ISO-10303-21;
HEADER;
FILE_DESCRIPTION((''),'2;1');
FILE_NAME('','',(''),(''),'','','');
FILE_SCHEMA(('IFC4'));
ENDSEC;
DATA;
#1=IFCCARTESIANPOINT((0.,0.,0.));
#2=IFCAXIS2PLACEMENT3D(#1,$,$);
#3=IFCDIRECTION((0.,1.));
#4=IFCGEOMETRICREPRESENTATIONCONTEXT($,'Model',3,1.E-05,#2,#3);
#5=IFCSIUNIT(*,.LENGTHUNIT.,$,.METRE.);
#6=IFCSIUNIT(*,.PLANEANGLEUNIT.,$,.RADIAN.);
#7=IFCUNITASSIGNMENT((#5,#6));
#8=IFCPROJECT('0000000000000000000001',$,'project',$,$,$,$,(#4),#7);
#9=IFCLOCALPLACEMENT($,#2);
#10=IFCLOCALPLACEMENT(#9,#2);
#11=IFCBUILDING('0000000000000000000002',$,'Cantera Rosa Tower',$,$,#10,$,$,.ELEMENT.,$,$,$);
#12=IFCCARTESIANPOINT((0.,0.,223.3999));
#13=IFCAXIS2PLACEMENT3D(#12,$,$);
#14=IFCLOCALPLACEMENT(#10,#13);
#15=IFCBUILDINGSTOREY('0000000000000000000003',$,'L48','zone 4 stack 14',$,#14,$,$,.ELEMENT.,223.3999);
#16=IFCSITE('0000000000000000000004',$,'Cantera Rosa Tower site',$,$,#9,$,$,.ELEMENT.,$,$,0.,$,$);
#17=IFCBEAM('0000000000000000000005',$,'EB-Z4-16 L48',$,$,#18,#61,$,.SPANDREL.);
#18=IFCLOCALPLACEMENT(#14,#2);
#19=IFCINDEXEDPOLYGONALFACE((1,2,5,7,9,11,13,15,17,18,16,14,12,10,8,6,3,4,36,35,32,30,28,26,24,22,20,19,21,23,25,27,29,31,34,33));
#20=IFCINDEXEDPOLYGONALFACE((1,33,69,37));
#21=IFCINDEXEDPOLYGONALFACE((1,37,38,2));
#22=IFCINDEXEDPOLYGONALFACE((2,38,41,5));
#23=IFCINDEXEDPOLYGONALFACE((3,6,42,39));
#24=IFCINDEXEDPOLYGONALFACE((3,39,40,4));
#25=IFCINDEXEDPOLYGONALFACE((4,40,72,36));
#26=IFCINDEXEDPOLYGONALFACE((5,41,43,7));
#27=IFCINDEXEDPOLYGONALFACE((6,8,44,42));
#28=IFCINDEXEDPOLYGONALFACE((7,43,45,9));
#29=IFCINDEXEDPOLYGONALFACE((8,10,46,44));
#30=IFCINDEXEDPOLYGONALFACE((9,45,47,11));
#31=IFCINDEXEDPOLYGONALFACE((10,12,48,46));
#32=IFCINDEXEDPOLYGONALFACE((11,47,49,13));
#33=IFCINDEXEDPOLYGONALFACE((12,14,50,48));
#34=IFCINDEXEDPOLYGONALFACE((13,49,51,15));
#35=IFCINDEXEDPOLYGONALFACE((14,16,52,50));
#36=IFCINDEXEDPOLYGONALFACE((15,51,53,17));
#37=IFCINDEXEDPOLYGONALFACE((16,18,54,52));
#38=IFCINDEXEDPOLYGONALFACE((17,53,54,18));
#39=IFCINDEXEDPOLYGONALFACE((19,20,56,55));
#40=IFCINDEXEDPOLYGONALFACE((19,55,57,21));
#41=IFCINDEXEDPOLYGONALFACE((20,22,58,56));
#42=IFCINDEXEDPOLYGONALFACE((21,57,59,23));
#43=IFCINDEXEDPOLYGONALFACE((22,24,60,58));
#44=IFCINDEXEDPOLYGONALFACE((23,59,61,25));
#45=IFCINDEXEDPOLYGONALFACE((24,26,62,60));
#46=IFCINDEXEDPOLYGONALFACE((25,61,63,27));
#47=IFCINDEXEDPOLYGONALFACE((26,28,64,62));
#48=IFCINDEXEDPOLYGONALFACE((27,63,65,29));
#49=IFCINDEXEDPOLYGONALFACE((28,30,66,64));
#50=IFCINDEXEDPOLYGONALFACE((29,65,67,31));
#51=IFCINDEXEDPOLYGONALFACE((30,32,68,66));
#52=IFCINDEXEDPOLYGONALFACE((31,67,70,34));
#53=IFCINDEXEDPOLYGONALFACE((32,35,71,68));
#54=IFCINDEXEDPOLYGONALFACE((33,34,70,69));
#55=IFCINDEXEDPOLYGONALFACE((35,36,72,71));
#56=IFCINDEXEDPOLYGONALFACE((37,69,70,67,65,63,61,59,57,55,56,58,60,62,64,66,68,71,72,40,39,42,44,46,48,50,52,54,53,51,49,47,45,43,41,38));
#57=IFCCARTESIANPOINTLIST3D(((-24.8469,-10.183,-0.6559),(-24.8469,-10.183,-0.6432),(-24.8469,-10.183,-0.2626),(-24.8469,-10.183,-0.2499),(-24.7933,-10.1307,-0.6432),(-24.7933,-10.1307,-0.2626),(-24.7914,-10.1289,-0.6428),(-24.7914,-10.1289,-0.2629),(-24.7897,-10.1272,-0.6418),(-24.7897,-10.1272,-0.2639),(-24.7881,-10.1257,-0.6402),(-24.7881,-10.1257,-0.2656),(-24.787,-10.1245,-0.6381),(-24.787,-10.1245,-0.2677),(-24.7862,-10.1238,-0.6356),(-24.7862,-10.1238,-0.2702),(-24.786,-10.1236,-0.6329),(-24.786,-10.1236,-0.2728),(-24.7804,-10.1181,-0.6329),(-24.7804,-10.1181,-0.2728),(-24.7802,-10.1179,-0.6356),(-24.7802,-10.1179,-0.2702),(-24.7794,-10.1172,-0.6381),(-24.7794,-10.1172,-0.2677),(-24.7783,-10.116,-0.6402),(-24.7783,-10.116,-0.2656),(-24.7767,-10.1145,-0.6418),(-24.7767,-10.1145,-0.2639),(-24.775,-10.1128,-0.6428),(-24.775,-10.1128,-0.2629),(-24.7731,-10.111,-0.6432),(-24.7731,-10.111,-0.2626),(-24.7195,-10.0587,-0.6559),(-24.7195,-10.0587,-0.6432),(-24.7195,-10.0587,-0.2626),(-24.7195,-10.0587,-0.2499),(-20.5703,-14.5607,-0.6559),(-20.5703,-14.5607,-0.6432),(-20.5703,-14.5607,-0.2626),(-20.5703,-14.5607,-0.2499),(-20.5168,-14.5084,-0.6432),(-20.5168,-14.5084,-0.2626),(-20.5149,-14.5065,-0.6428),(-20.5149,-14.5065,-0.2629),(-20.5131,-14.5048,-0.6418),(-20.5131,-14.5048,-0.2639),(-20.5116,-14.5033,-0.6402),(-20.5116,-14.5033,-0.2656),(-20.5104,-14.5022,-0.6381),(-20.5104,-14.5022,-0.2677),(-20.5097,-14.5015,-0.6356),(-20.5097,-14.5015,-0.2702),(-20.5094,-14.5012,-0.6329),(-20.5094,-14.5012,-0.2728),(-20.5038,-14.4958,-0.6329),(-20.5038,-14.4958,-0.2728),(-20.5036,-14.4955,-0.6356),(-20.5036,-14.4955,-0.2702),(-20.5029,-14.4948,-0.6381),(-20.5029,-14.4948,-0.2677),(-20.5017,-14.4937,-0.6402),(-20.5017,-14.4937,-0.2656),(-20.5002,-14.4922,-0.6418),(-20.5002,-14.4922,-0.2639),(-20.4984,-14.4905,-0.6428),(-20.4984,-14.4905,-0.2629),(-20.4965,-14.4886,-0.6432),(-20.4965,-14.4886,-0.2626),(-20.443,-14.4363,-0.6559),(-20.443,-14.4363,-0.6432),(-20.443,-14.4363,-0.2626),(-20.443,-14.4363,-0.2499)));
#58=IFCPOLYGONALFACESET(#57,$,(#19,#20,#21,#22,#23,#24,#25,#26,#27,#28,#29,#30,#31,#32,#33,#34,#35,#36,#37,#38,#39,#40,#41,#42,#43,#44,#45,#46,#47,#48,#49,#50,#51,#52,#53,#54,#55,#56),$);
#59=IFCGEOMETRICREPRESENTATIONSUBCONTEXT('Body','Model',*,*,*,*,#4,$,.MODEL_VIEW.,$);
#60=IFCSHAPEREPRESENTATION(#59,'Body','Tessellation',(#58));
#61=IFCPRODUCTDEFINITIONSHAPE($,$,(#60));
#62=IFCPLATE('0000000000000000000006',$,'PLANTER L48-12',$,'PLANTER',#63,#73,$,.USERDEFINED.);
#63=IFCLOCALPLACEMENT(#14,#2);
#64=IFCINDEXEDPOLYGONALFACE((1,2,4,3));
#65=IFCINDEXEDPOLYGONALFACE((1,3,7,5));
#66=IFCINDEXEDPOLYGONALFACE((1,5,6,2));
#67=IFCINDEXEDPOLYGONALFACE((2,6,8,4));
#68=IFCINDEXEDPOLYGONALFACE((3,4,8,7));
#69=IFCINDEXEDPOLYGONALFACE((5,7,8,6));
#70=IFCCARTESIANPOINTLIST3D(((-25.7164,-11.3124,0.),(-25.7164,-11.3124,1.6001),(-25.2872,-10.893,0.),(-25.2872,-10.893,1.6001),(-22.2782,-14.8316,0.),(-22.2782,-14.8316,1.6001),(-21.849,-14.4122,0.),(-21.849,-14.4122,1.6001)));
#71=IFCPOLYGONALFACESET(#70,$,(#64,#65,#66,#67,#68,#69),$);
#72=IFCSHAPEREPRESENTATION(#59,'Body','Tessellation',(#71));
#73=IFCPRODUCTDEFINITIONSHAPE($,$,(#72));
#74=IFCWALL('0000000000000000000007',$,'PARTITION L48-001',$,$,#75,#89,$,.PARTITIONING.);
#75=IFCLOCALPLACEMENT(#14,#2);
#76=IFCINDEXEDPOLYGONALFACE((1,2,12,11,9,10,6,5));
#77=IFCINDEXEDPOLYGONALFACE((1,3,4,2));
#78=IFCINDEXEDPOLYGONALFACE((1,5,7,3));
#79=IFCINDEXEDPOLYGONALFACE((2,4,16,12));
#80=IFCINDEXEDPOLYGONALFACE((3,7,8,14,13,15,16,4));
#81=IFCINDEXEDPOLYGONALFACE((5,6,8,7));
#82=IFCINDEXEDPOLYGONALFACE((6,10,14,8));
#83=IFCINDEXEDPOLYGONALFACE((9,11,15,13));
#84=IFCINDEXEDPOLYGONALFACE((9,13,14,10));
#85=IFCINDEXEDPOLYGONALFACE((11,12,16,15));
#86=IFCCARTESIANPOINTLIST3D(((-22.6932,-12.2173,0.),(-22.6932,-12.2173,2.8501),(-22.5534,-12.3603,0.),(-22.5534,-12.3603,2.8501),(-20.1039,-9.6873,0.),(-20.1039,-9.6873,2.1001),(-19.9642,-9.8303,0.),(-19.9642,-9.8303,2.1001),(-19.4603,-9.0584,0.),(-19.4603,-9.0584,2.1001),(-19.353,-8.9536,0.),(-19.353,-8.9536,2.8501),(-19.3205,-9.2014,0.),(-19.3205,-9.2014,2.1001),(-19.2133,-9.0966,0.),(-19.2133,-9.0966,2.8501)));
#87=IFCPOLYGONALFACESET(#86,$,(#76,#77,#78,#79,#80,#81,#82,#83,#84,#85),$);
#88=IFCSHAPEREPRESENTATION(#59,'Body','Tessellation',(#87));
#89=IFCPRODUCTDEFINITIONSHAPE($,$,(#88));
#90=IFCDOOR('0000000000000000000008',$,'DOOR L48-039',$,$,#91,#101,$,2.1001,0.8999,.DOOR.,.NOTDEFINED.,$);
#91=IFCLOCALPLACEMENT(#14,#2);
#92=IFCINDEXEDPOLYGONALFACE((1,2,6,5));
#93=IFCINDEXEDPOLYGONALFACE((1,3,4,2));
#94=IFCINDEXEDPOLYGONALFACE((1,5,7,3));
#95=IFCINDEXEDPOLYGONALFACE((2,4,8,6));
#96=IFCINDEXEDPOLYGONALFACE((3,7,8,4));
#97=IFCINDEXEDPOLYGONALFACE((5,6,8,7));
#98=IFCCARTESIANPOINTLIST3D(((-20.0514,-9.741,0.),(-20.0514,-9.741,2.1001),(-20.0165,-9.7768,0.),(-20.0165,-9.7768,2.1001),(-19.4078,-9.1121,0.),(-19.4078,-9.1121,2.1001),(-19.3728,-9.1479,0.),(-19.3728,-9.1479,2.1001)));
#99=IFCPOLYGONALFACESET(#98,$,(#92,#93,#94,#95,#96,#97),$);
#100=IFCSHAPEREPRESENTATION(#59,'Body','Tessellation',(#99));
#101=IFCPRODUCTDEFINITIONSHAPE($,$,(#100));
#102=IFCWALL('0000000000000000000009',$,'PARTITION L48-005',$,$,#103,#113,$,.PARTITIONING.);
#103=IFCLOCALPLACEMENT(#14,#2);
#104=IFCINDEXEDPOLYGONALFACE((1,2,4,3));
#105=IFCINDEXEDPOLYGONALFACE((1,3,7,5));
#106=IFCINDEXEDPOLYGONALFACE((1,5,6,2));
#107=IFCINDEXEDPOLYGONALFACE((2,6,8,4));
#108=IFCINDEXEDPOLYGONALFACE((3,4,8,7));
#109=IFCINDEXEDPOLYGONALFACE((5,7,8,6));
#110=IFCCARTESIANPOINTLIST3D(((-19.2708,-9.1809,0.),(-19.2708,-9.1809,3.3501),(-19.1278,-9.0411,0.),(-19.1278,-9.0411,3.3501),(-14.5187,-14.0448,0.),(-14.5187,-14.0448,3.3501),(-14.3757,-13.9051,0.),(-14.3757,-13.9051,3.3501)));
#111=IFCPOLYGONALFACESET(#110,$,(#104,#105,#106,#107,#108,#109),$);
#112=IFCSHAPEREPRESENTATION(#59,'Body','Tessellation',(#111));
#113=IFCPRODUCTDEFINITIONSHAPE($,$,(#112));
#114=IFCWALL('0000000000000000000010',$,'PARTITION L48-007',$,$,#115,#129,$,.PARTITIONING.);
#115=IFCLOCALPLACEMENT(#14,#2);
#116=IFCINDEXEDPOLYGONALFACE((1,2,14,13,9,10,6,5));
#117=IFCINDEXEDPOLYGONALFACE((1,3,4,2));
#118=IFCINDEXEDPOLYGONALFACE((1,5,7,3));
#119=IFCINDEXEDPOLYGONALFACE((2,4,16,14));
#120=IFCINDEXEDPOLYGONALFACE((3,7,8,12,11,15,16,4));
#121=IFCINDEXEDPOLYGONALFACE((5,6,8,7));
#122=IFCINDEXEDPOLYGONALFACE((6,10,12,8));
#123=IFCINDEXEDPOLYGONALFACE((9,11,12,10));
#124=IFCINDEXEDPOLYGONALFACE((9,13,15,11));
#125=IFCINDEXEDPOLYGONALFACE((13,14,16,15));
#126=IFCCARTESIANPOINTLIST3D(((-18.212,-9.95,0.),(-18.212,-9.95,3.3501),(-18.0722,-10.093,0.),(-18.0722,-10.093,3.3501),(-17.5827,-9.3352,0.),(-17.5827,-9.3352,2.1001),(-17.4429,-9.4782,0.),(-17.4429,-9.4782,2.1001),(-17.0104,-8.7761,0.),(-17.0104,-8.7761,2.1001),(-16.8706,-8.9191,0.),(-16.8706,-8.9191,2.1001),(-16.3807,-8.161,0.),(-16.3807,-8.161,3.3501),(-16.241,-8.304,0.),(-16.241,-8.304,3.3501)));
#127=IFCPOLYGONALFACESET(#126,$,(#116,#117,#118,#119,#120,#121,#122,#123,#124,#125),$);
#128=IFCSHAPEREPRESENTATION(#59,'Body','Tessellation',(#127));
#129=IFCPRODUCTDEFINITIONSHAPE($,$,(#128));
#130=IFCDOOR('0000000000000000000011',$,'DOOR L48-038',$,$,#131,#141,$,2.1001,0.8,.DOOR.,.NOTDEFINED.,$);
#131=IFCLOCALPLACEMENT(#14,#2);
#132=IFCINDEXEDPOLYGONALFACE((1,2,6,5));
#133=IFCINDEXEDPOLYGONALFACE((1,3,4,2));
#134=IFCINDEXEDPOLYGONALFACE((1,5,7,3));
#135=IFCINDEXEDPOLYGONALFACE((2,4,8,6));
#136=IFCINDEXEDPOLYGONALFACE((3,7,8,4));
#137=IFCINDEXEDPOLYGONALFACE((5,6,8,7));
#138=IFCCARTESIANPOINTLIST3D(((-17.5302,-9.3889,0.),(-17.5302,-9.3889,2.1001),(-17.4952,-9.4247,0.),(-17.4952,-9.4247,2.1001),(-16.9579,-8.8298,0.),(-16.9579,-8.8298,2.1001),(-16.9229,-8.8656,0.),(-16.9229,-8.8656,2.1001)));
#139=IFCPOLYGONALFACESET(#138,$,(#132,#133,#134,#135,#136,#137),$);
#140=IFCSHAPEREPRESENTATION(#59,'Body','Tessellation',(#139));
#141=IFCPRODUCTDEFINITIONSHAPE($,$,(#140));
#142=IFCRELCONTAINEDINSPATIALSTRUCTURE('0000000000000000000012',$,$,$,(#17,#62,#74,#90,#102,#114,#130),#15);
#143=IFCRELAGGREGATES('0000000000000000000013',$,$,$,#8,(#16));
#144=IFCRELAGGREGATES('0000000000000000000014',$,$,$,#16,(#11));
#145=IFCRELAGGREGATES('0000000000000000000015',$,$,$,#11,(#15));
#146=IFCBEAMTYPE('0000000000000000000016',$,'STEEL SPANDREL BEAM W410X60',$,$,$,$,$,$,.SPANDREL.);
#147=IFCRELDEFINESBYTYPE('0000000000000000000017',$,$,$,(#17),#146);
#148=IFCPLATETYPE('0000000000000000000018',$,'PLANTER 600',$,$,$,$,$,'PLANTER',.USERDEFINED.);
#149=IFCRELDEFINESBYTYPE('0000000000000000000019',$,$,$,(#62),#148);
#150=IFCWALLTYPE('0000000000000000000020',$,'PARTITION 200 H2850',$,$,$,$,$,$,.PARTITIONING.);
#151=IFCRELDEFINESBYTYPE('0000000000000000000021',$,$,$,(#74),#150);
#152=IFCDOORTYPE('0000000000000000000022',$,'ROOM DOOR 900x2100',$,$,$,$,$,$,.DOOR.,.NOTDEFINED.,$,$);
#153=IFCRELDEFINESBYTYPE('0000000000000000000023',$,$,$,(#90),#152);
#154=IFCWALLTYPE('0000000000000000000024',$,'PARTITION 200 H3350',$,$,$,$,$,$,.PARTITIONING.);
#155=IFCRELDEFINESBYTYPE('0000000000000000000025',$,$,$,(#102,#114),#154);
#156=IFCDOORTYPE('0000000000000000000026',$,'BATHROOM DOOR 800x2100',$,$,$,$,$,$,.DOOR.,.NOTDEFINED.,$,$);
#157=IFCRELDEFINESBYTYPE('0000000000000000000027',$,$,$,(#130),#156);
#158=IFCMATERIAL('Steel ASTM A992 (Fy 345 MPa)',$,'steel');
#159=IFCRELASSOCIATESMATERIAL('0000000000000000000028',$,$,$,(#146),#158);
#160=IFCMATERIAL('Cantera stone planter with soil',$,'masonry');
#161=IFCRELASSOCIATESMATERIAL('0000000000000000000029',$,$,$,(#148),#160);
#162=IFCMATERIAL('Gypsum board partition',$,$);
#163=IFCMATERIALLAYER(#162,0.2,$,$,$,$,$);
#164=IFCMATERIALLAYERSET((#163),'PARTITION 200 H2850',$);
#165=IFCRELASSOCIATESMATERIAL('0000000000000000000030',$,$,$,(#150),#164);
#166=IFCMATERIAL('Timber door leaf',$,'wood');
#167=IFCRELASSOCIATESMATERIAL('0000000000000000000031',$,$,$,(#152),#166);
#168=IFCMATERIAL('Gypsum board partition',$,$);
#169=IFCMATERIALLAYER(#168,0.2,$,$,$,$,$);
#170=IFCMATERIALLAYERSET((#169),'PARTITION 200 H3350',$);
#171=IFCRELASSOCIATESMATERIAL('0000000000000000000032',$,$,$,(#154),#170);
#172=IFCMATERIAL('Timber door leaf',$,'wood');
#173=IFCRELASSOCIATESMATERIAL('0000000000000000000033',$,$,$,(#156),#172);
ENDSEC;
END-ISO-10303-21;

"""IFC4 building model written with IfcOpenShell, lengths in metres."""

from ifc_helpers import new_model, si_unit, direction, frame, frame_2d, origin, origin_2d, place, context, subcontext, project, spatial, rectangle, i_section, extrude, material, layer, layer_set, material_profile, profile_set, type_object, element, fill, save


model = new_model("IFC4")

# Units and contexts
model_context = context("Model", 3, precision=1e-05, world=origin(), true_north=direction((0.0, 1.0)))
body_context = subcontext(model_context, "Body", "Model", "MODEL_VIEW")
ifc_project = project(units=[si_unit("LENGTHUNIT", "METRE"), si_unit("PLANEANGLEUNIT", "RADIAN")], contexts=[model_context])

# Site, building, storey
site_placement = place(None, origin())
site = spatial("IfcSite", under=ifc_project, at=site_placement, Name="Cantera Rosa Tower site", CompositionType="ELEMENT", RefElevation=0.0)
building_placement = place(site_placement, origin())
building = spatial("IfcBuilding", under=site, at=building_placement, Name="Cantera Rosa Tower", CompositionType="ELEMENT")
storey_placement = place(building_placement, frame((0.0, 0.0, 223.3999)))
storey = spatial("IfcBuildingStorey", under=building, at=storey_placement, Name="L48", Description="zone 4 stack 14", CompositionType="ELEMENT", Elevation=223.3999)

# Beam
ifc_material_1 = material(Name="Steel ASTM A992 (Fy 345 MPa)", Category="steel")
ifc_material_profile_1 = material_profile(ifc_material_1, i_section(OverallWidth=0.178, OverallDepth=0.406, WebThickness=0.0078, FlangeThickness=0.0127, FilletRadius=0.0103, at=origin_2d()), Name="W410X60")
ifc_profile_set_1 = profile_set([ifc_material_profile_1], Name="Steel ASTM A992 (Fy 345 MPa)")
beam_type_1 = type_object("IfcBeamType", Name="STEEL SPANDREL BEAM W410X60", PredefinedType="SPANDREL", material=ifc_profile_set_1)
beam_1_placement = place(storey_placement, frame((-24.7832, -10.1208, -0.4529), z_axis=(0.698801, -0.715316, 0.0), x_axis=(0.715316, 0.698801, 0.0)))
element("IfcBeam", 1, at=beam_1_placement, inside=storey, type_object=beam_type_1, Name="EB-Z4-16 L48", PredefinedType="SPANDREL", context=body_context, shape_type="SweptSolid", body=[
    extrude(i_section(OverallWidth=0.178, OverallDepth=0.406, WebThickness=0.0078, FlangeThickness=0.0127, FilletRadius=0.0103, at=origin_2d()), origin(), (0.0, 0.0, 1.0), 6.1199),
])

# Plate
ifc_material_2 = material(Name="Cantera stone planter with soil", Category="masonry")
plate_type = type_object("IfcPlateType", Name="PLANTER 600", ElementType="PLANTER", PredefinedType="USERDEFINED", material=ifc_material_2)
plate_placement = place(storey_placement, frame((-23.7827, -12.8623, 0.0), z_axis=(0.0, 0.0, 1.0), x_axis=(0.698832, -0.715286, 0.0)))
element("IfcPlate", 2, at=plate_placement, inside=storey, type_object=plate_type, Name="PLANTER L48-12", ObjectType="PLANTER", PredefinedType="USERDEFINED", context=body_context, shape_type="SweptSolid", body=[
    extrude(rectangle(XDim=4.9199, YDim=0.6001, at=origin_2d()), origin(), (0.0, 0.0, 1.0), 1.6001),
])

# Wall, opening, door
ifc_material_3 = material(Name="Gypsum board partition")
ifc_layer_1 = layer(ifc_material_3, 0.2)
ifc_layer_set_1 = layer_set([ifc_layer_1], Name="PARTITION 200 H2850")
wall_type_1 = type_object("IfcWallType", Name="PARTITION 200 H2850", PredefinedType="PARTITIONING", material=ifc_layer_set_1)
wall_1_placement = place(storey_placement, frame((-22.6233, -12.2888, 0.0), z_axis=(0.0, 0.0, 1.0), x_axis=(0.715241, 0.698878, 0.0)))
wall_1 = element("IfcWall", 3, at=wall_1_placement, inside=storey, type_object=wall_type_1, Name="PARTITION L48-001", PredefinedType="PARTITIONING", context=body_context, shape_type="SweptSolid", body=[
    extrude(rectangle(XDim=4.6699, YDim=0.2, at=frame_2d((2.335, 0.0))), origin(), (0.0, 0.0, 1.0), 2.8501),
])
opening_1_placement = place(wall_1_placement, frame((3.6201, 0.0, 0.0)))
opening_1 = element("IfcOpeningElement", 4, at=opening_1_placement, cuts=wall_1, PredefinedType="OPENING", context=body_context, shape_type="SweptSolid", body=[
    extrude(rectangle(XDim=0.8999, YDim=2.1001, at=frame_2d((0.45, 1.05))), frame((0.0, 0.1099, 0.0), z_axis=(0.0, -1.0, 0.0), x_axis=(1.0, 0.0, 0.0)), (0.0, 0.0, 1.0), 0.22),
])
ifc_material_4 = material(Name="Timber door leaf", Category="wood")
door_type_1 = type_object("IfcDoorType", Name="ROOM DOOR 900x2100", OperationType="NOTDEFINED", PredefinedType="DOOR", material=ifc_material_4)
door_1_placement = place(opening_1_placement, origin())
door_1 = element("IfcDoor", 5, at=door_1_placement, inside=storey, type_object=door_type_1, Name="DOOR L48-039", OperationType="NOTDEFINED", OverallHeight=2.1001, OverallWidth=0.8999, PredefinedType="DOOR", context=body_context, shape_type="SweptSolid", body=[
    extrude(rectangle(XDim=0.8999, YDim=2.1001, at=frame_2d((0.45, 1.05))), frame((0.0, 0.0249, 0.0), z_axis=(0.0, -1.0, 0.0), x_axis=(1.0, 0.0, 0.0)), (0.0, 0.0, 1.0), 0.05),
])
fill(opening_1, door_1)

# Wall
ifc_material_5 = material(Name="Gypsum board partition")
ifc_layer_2 = layer(ifc_material_5, 0.2)
ifc_layer_set_2 = layer_set([ifc_layer_2], Name="PARTITION 200 H3350")
wall_type_2 = type_object("IfcWallType", Name="PARTITION 200 H3350", PredefinedType="PARTITIONING", material=ifc_layer_set_2)
wall_2_placement = place(storey_placement, frame((-19.1992, -9.1111, 0.0), z_axis=(0.0, 0.0, 1.0), x_axis=(0.698837, -0.715281, 0.0)))
element("IfcWall", 6, at=wall_2_placement, inside=storey, type_object=wall_type_2, Name="PARTITION L48-005", PredefinedType="PARTITIONING", context=body_context, shape_type="SweptSolid", body=[
    extrude(rectangle(XDim=6.8, YDim=0.2, at=frame_2d((3.3999, 0.0))), origin(), (0.0, 0.0, 1.0), 3.3501),
])

# Wall, opening, door
wall_3_placement = place(storey_placement, frame((-18.1421, -10.0215, 0.0), z_axis=(0.0, 0.0, 1.0), x_axis=(0.715307, 0.69881, 0.0)))
wall_3 = element("IfcWall", 7, at=wall_3_placement, inside=storey, type_object=wall_type_2, Name="PARTITION L48-007", PredefinedType="PARTITIONING", context=body_context, shape_type="SweptSolid", body=[
    extrude(rectangle(XDim=2.5601, YDim=0.2, at=frame_2d((1.28, 0.0))), origin(), (0.0, 0.0, 1.0), 3.3501),
])
opening_2_placement = place(wall_3_placement, frame((0.8799, 0.0, 0.0)))
opening_2 = element("IfcOpeningElement", 8, at=opening_2_placement, cuts=wall_3, PredefinedType="OPENING", context=body_context, shape_type="SweptSolid", body=[
    extrude(rectangle(XDim=0.8, YDim=2.1001, at=frame_2d((0.3999, 1.05))), frame((0.0, 0.1099, 0.0), z_axis=(0.0, -1.0, 0.0), x_axis=(1.0, 0.0, 0.0)), (0.0, 0.0, 1.0), 0.22),
])
ifc_material_6 = material(Name="Timber door leaf", Category="wood")
door_type_2 = type_object("IfcDoorType", Name="BATHROOM DOOR 800x2100", OperationType="NOTDEFINED", PredefinedType="DOOR", material=ifc_material_6)
door_2_placement = place(opening_2_placement, origin())
door_2 = element("IfcDoor", 9, at=door_2_placement, inside=storey, type_object=door_type_2, Name="DOOR L48-038", OperationType="NOTDEFINED", OverallHeight=2.1001, OverallWidth=0.8, PredefinedType="DOOR", context=body_context, shape_type="SweptSolid", body=[
    extrude(rectangle(XDim=0.8, YDim=2.1001, at=frame_2d((0.3999, 1.05))), frame((0.0, 0.0249, 0.0), z_axis=(0.0, -1.0, 0.0), x_axis=(1.0, 0.0, 0.0)), (0.0, 0.0, 1.0), 0.05),
])
fill(opening_2, door_2)

save(model, "model.ifc")
